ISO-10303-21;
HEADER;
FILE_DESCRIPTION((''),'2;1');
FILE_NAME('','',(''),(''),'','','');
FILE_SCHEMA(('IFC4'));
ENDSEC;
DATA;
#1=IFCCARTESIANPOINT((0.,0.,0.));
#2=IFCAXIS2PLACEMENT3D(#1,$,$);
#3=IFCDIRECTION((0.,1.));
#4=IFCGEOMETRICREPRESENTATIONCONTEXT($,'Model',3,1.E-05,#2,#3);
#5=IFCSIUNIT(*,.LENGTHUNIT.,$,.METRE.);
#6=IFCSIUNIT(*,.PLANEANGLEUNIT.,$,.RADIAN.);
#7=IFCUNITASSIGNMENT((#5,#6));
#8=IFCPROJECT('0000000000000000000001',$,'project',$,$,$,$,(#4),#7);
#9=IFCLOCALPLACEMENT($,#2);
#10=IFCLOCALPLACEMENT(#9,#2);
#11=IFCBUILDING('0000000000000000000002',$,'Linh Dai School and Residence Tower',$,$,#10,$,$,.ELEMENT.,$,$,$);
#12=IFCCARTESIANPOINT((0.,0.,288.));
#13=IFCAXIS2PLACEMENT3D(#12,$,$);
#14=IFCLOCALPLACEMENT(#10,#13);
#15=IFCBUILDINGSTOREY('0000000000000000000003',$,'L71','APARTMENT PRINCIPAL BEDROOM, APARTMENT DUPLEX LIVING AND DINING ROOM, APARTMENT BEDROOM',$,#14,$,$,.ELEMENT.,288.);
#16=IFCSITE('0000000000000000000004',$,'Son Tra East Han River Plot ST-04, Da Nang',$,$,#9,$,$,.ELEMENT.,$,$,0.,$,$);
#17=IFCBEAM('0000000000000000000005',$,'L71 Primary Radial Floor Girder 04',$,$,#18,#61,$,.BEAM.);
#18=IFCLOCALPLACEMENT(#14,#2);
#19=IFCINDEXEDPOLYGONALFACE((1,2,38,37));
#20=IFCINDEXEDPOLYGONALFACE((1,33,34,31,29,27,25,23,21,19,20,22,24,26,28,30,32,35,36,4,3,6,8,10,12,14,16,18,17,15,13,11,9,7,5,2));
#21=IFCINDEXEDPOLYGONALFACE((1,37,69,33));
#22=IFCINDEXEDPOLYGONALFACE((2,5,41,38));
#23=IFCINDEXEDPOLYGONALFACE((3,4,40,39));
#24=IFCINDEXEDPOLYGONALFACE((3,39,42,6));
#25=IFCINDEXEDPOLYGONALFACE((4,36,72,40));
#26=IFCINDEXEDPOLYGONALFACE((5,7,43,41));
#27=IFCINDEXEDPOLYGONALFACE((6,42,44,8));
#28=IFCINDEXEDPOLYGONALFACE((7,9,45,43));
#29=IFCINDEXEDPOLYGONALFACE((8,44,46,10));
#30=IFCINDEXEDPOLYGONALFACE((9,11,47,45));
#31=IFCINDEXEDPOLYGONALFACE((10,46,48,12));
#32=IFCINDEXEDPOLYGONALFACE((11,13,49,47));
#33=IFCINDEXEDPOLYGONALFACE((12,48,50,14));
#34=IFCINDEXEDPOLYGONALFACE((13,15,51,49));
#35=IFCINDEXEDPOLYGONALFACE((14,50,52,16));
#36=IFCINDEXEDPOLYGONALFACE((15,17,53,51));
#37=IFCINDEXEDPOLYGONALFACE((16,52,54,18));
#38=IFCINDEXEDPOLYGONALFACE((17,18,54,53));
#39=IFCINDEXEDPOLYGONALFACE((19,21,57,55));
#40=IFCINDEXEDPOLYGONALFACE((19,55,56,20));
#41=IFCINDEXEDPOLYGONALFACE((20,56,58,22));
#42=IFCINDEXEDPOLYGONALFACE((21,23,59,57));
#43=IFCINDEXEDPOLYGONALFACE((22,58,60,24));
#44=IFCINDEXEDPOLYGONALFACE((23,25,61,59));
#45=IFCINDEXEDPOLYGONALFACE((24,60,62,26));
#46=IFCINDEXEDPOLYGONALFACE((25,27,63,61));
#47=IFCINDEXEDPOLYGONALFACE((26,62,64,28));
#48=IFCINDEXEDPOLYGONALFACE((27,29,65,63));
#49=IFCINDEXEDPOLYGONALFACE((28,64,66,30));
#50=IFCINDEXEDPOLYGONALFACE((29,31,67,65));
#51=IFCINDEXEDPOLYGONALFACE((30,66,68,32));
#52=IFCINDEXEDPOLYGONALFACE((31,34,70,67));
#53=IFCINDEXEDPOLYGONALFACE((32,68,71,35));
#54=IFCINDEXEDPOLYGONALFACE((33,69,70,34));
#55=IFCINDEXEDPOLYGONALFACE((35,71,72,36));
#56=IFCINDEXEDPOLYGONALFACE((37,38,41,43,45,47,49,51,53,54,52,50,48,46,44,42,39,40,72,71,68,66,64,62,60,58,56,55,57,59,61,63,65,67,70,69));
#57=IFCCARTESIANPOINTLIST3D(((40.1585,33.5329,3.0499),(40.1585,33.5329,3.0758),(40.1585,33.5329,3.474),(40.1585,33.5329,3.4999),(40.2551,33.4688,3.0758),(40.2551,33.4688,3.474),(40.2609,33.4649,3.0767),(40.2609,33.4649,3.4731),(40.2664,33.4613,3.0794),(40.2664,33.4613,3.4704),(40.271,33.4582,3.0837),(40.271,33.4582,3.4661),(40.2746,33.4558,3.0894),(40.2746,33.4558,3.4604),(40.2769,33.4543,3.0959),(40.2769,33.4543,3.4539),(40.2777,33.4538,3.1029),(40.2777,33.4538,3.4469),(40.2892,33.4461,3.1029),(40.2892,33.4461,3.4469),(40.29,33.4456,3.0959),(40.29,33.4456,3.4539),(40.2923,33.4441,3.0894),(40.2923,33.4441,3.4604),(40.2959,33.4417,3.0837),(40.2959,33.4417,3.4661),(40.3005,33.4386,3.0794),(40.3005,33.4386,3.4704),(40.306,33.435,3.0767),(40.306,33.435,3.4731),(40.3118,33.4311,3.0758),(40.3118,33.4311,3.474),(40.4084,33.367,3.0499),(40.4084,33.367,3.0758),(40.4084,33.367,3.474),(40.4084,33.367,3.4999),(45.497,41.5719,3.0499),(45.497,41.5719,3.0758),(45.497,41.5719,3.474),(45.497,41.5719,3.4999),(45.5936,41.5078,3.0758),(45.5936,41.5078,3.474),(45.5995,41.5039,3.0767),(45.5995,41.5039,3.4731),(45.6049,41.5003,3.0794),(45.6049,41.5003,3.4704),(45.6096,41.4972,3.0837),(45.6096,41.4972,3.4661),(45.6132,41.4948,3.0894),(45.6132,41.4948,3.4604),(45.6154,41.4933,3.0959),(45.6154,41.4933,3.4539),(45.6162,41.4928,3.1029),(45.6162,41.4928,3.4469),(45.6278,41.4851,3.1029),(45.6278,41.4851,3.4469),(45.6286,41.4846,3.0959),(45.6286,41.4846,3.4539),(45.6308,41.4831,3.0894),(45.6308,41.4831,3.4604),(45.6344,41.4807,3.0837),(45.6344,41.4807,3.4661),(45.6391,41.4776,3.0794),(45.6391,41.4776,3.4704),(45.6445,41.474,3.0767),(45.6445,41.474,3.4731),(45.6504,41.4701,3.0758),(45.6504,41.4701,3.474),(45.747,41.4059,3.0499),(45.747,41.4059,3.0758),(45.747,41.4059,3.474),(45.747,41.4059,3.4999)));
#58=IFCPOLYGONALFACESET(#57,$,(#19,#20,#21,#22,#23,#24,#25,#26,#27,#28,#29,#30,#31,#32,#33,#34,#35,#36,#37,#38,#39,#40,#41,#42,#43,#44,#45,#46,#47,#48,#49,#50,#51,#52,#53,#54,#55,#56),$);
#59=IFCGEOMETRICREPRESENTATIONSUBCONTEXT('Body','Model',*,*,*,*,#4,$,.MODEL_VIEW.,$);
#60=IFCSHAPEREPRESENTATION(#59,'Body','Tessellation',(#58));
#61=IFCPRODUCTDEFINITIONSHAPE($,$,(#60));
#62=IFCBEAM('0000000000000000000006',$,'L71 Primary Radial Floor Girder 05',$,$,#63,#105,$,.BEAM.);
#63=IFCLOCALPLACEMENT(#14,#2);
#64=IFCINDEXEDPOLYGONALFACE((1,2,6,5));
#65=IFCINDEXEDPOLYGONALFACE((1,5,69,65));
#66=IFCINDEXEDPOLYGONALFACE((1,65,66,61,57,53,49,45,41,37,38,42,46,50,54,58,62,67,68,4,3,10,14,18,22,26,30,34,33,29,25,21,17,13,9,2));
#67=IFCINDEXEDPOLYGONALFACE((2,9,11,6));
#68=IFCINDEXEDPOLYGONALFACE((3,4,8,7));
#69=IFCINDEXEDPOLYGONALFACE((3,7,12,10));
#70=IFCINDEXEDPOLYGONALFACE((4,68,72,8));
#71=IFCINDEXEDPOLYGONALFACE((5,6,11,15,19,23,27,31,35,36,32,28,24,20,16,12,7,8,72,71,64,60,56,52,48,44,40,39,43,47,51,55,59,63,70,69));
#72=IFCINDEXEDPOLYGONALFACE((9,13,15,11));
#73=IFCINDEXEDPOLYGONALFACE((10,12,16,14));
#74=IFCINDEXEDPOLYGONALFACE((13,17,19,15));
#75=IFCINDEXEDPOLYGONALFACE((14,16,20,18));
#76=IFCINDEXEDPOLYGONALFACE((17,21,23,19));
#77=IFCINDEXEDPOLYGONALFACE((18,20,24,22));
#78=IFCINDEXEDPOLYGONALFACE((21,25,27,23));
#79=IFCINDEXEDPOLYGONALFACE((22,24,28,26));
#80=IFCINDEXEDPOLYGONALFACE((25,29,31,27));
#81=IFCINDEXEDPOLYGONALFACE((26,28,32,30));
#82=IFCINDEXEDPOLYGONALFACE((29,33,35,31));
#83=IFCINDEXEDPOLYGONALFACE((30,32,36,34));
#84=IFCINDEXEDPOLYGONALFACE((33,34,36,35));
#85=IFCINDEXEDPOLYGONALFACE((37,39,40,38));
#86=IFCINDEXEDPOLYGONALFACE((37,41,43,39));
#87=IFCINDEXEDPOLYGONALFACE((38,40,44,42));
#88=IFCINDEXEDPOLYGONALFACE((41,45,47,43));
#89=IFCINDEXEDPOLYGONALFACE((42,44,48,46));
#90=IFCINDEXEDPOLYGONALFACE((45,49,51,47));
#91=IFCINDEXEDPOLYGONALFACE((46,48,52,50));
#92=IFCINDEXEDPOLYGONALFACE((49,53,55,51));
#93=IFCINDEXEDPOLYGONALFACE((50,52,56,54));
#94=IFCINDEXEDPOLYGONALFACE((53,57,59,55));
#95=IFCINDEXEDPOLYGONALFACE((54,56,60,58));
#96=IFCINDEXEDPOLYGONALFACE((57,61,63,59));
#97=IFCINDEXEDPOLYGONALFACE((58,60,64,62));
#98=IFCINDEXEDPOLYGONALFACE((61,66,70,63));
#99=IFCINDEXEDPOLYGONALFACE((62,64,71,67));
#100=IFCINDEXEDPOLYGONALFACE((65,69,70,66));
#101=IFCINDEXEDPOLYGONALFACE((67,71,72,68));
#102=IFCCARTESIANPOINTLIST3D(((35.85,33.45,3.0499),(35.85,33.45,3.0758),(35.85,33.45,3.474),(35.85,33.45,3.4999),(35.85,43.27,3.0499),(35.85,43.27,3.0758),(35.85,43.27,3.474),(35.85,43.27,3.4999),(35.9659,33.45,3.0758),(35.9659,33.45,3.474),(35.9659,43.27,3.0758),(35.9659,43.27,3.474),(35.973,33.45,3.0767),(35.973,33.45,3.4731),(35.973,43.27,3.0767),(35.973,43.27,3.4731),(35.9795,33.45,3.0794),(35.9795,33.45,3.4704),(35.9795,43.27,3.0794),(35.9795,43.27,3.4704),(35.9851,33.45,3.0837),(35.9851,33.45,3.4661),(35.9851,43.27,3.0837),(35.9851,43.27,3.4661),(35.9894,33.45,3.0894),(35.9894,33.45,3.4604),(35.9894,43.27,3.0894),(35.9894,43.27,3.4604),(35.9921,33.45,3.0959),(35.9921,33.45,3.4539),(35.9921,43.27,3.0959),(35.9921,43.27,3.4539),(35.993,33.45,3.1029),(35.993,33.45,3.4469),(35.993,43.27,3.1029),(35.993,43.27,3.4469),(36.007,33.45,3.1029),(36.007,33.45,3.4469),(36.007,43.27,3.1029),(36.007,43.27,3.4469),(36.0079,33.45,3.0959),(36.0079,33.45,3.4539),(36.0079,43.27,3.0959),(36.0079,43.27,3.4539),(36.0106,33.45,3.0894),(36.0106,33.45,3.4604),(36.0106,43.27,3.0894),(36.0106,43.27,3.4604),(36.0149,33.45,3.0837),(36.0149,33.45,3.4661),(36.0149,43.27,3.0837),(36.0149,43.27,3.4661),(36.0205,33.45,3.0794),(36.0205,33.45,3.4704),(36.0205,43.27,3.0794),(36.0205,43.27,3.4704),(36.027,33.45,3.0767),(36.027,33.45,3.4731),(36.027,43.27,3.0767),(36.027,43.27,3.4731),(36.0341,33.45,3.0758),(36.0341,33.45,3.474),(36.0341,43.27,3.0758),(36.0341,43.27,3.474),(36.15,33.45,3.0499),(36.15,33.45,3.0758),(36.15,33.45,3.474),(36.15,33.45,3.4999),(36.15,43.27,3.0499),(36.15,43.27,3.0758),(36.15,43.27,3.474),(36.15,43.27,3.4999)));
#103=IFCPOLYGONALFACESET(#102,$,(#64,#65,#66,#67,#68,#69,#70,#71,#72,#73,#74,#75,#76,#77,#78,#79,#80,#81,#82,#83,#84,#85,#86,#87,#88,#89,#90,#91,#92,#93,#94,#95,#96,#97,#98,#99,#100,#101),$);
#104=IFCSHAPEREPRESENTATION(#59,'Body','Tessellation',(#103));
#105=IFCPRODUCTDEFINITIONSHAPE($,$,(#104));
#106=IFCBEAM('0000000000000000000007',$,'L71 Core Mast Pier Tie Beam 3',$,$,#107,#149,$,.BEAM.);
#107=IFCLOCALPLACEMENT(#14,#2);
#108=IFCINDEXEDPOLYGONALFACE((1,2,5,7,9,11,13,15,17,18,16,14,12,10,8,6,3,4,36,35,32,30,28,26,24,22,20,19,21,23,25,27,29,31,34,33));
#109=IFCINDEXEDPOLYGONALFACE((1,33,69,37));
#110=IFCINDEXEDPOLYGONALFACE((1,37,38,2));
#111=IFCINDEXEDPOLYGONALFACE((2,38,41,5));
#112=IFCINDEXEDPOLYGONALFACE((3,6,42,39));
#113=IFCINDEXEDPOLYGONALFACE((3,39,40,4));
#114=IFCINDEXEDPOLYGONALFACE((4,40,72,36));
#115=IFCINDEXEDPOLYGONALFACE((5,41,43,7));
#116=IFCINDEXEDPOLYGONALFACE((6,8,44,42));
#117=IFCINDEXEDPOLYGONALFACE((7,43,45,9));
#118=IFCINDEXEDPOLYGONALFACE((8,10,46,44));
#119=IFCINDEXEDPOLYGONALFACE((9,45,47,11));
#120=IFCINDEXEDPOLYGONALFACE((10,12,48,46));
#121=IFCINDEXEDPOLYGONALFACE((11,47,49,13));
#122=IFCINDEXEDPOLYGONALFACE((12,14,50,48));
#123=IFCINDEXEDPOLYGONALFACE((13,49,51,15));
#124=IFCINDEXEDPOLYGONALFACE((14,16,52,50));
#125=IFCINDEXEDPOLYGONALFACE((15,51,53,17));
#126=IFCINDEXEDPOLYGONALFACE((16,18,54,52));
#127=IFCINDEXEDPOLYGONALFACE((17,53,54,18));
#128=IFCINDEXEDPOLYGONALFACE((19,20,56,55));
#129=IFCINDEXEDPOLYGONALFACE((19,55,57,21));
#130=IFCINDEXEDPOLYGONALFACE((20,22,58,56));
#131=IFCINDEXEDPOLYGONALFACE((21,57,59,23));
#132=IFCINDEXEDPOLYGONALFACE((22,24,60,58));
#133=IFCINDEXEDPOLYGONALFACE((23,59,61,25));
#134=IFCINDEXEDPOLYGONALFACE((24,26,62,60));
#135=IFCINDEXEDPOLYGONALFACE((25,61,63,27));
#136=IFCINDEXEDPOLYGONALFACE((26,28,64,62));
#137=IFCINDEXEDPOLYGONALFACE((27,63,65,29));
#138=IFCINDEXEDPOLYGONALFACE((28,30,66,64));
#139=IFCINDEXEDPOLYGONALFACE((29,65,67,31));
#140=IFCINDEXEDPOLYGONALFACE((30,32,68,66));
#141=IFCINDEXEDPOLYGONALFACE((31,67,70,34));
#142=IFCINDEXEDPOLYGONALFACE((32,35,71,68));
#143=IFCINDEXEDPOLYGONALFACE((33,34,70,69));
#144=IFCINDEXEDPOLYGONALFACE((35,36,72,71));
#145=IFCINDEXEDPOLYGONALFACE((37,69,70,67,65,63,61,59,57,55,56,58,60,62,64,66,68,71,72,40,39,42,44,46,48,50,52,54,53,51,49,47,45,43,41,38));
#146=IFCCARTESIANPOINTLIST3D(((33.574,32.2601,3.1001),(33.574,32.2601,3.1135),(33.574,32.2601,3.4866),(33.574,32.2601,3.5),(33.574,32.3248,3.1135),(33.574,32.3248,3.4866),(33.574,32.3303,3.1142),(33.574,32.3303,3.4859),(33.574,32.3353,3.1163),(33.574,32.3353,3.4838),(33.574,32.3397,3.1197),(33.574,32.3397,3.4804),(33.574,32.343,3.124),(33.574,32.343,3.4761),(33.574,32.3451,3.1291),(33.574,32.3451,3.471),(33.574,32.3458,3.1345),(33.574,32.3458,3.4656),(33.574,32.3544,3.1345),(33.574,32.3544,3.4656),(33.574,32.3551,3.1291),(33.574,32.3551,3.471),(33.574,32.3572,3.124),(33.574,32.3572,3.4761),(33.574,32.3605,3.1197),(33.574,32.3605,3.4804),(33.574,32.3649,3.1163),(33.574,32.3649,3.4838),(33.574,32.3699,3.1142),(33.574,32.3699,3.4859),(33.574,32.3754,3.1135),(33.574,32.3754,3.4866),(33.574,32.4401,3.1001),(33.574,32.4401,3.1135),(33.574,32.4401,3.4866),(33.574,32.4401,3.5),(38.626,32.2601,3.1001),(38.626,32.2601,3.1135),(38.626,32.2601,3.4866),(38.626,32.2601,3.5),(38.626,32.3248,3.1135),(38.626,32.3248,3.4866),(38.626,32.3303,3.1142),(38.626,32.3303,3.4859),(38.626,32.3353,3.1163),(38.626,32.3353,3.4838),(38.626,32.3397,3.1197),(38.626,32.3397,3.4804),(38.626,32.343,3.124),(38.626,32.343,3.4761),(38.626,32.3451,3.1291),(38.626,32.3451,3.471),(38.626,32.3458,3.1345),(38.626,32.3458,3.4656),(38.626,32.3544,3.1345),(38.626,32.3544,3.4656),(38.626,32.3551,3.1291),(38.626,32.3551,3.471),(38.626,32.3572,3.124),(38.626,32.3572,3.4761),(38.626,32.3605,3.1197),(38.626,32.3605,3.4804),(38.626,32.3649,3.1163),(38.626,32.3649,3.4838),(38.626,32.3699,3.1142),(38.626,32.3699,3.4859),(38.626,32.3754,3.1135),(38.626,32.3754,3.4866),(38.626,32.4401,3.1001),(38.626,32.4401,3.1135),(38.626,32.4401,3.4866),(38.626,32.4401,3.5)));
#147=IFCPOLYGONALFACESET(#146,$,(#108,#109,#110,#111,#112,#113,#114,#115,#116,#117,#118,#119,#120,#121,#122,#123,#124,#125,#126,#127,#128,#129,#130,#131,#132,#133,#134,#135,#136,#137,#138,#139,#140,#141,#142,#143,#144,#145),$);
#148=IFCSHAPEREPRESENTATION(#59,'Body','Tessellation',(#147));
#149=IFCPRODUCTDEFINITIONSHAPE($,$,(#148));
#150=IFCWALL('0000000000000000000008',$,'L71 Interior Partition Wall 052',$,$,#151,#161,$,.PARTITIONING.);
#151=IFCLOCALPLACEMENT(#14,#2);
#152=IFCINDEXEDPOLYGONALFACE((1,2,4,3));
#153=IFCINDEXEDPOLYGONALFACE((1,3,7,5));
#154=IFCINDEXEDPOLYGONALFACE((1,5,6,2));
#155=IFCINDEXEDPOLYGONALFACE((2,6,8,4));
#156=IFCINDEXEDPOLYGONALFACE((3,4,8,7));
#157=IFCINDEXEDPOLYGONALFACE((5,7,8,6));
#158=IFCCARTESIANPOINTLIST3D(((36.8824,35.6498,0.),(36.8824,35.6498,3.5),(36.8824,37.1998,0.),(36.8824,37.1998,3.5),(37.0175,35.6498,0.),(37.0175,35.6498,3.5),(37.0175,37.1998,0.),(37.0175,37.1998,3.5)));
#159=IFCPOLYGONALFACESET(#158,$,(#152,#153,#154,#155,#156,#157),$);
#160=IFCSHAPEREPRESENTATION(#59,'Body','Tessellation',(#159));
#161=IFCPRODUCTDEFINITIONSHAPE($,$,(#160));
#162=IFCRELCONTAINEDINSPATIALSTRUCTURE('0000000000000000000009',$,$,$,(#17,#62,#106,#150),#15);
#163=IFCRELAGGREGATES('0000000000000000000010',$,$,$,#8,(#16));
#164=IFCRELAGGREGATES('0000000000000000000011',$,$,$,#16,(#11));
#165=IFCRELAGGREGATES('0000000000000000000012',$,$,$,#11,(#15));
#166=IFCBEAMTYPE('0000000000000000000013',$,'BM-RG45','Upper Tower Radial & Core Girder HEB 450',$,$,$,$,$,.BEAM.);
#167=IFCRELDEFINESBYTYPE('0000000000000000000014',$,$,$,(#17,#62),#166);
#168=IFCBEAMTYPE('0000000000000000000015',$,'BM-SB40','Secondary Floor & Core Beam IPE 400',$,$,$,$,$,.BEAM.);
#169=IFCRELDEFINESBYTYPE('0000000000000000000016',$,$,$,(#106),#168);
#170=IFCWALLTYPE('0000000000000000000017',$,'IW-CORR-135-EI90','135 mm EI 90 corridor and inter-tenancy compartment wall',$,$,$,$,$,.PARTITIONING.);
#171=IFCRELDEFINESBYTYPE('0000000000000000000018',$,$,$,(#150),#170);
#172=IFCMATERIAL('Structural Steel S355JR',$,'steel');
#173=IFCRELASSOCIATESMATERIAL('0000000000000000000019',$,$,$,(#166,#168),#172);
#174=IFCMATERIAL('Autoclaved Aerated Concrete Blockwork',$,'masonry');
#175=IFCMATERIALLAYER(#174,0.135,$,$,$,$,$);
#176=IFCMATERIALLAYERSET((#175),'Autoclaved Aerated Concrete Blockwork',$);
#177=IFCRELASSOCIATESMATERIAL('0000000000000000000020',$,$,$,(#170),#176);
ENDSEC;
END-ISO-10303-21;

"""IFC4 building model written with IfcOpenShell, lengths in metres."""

from ifc_helpers import new_model, si_unit, direction, frame, frame_2d, origin, origin_2d, place, context, subcontext, project, spatial, rectangle, i_section, extrude, material, layer, layer_set, material_profile, profile_set, type_object, element, save


model = new_model("IFC4")

# Units and contexts
model_context = context("Model", 3, precision=1e-05, world=origin(), true_north=direction((0.0, 1.0)))
body_context = subcontext(model_context, "Body", "Model", "MODEL_VIEW")
ifc_project = project(units=[si_unit("LENGTHUNIT", "METRE"), si_unit("PLANEANGLEUNIT", "RADIAN")], contexts=[model_context])

# Site, building, storey
site_placement = place(None, origin())
site = spatial("IfcSite", under=ifc_project, at=site_placement, Name="Son Tra East Han River Plot ST-04, Da Nang", CompositionType="ELEMENT", RefElevation=0.0)
building_placement = place(site_placement, origin())
building = spatial("IfcBuilding", under=site, at=building_placement, Name="Linh Dai School and Residence Tower", CompositionType="ELEMENT")
storey_placement = place(building_placement, frame((0.0, 0.0, 288.0)))
storey = spatial("IfcBuildingStorey", under=building, at=storey_placement, Name="L71", Description="APARTMENT PRINCIPAL BEDROOM, APARTMENT DUPLEX LIVING AND DINING ROOM, APARTMENT BEDROOM", CompositionType="ELEMENT", Elevation=288.0)

# Shared definitions
ifc_material_1 = material(Name="Structural Steel S355JR", Category="steel")

# Beams
ifc_material_profile_1 = material_profile(ifc_material_1, i_section(OverallWidth=0.3, OverallDepth=0.45, WebThickness=0.0139, FlangeThickness=0.0259, FilletRadius=0.0271, at=origin_2d()), Name="HEB 450")
ifc_profile_set_1 = profile_set([ifc_material_profile_1], Name="Structural Steel S355JR")
beam_type_1 = type_object("IfcBeamType", Name="BM-RG45", Description="Upper Tower Radial & Core Girder HEB 450", PredefinedType="BEAM", material=ifc_profile_set_1)
beam_1_placement = place(storey_placement, frame((40.2834, 33.45, 3.2749), z_axis=(0.553211, 0.833041, 0.0), x_axis=(-0.833041, 0.553211, 0.0)))
element("IfcBeam", 1, at=beam_1_placement, inside=storey, type_object=beam_type_1, Name="L71 Primary Radial Floor Girder 04", PredefinedType="BEAM", context=body_context, shape_type="SweptSolid", body=[
    extrude(i_section(OverallWidth=0.3, OverallDepth=0.45, WebThickness=0.0139, FlangeThickness=0.0259, FilletRadius=0.0271, at=origin_2d()), origin(), (0.0, 0.0, 1.0), 9.6501),
])
beam_2_placement = place(storey_placement, frame((36.0, 33.45, 3.2749), z_axis=(0.0, 1.0, 0.0), x_axis=(-1.0, 0.0, 0.0)))
element("IfcBeam", 2, at=beam_2_placement, inside=storey, type_object=beam_type_1, Name="L71 Primary Radial Floor Girder 05", PredefinedType="BEAM", context=body_context, shape_type="SweptSolid", body=[
    extrude(i_section(OverallWidth=0.3, OverallDepth=0.45, WebThickness=0.0139, FlangeThickness=0.0259, FilletRadius=0.0271, at=origin_2d()), origin(), (0.0, 0.0, 1.0), 9.8201),
])
ifc_material_profile_2 = material_profile(ifc_material_1, i_section(OverallWidth=0.1799, OverallDepth=0.3999, WebThickness=0.0085, FlangeThickness=0.0134, FilletRadius=0.021, at=origin_2d()), Name="IPE 400")
ifc_profile_set_2 = profile_set([ifc_material_profile_2], Name="Structural Steel S355JR")
beam_type_2 = type_object("IfcBeamType", Name="BM-SB40", Description="Secondary Floor & Core Beam IPE 400", PredefinedType="BEAM", material=ifc_profile_set_2)
beam_3_placement = place(storey_placement, frame((38.626, 32.3501, 3.3), z_axis=(-1.0, 0.0, 0.0), x_axis=(0.0, -1.0, 0.0)))
element("IfcBeam", 3, at=beam_3_placement, inside=storey, type_object=beam_type_2, Name="L71 Core Mast Pier Tie Beam 3", PredefinedType="BEAM", context=body_context, shape_type="SweptSolid", body=[
    extrude(i_section(OverallWidth=0.1799, OverallDepth=0.3999, WebThickness=0.0085, FlangeThickness=0.0134, FilletRadius=0.021, at=origin_2d()), origin(), (0.0, 0.0, 1.0), 5.052),
])

# Wall
ifc_material_2 = material(Name="Autoclaved Aerated Concrete Blockwork", Category="masonry")
ifc_layer_1 = layer(ifc_material_2, 0.135)
ifc_layer_set_1 = layer_set([ifc_layer_1], Name="Autoclaved Aerated Concrete Blockwork")
wall_type_1 = type_object("IfcWallType", Name="IW-CORR-135-EI90", Description="135 mm EI 90 corridor and inter-tenancy compartment wall", PredefinedType="PARTITIONING", material=ifc_layer_set_1)
wall_1_placement = place(storey_placement, frame((36.95, 35.6499, 0.0), z_axis=(0.0, 0.0, 1.0), x_axis=(0.0, 1.0, 0.0)))
element("IfcWall", 4, at=wall_1_placement, inside=storey, type_object=wall_type_1, Name="L71 Interior Partition Wall 052", PredefinedType="PARTITIONING", context=body_context, shape_type="SweptSolid", body=[
    extrude(rectangle(XDim=1.55, YDim=0.135, at=frame_2d((0.7749, 0.0))), origin(), (0.0, 0.0, 1.0), 3.5),
])

save(model, "model.ifc")
